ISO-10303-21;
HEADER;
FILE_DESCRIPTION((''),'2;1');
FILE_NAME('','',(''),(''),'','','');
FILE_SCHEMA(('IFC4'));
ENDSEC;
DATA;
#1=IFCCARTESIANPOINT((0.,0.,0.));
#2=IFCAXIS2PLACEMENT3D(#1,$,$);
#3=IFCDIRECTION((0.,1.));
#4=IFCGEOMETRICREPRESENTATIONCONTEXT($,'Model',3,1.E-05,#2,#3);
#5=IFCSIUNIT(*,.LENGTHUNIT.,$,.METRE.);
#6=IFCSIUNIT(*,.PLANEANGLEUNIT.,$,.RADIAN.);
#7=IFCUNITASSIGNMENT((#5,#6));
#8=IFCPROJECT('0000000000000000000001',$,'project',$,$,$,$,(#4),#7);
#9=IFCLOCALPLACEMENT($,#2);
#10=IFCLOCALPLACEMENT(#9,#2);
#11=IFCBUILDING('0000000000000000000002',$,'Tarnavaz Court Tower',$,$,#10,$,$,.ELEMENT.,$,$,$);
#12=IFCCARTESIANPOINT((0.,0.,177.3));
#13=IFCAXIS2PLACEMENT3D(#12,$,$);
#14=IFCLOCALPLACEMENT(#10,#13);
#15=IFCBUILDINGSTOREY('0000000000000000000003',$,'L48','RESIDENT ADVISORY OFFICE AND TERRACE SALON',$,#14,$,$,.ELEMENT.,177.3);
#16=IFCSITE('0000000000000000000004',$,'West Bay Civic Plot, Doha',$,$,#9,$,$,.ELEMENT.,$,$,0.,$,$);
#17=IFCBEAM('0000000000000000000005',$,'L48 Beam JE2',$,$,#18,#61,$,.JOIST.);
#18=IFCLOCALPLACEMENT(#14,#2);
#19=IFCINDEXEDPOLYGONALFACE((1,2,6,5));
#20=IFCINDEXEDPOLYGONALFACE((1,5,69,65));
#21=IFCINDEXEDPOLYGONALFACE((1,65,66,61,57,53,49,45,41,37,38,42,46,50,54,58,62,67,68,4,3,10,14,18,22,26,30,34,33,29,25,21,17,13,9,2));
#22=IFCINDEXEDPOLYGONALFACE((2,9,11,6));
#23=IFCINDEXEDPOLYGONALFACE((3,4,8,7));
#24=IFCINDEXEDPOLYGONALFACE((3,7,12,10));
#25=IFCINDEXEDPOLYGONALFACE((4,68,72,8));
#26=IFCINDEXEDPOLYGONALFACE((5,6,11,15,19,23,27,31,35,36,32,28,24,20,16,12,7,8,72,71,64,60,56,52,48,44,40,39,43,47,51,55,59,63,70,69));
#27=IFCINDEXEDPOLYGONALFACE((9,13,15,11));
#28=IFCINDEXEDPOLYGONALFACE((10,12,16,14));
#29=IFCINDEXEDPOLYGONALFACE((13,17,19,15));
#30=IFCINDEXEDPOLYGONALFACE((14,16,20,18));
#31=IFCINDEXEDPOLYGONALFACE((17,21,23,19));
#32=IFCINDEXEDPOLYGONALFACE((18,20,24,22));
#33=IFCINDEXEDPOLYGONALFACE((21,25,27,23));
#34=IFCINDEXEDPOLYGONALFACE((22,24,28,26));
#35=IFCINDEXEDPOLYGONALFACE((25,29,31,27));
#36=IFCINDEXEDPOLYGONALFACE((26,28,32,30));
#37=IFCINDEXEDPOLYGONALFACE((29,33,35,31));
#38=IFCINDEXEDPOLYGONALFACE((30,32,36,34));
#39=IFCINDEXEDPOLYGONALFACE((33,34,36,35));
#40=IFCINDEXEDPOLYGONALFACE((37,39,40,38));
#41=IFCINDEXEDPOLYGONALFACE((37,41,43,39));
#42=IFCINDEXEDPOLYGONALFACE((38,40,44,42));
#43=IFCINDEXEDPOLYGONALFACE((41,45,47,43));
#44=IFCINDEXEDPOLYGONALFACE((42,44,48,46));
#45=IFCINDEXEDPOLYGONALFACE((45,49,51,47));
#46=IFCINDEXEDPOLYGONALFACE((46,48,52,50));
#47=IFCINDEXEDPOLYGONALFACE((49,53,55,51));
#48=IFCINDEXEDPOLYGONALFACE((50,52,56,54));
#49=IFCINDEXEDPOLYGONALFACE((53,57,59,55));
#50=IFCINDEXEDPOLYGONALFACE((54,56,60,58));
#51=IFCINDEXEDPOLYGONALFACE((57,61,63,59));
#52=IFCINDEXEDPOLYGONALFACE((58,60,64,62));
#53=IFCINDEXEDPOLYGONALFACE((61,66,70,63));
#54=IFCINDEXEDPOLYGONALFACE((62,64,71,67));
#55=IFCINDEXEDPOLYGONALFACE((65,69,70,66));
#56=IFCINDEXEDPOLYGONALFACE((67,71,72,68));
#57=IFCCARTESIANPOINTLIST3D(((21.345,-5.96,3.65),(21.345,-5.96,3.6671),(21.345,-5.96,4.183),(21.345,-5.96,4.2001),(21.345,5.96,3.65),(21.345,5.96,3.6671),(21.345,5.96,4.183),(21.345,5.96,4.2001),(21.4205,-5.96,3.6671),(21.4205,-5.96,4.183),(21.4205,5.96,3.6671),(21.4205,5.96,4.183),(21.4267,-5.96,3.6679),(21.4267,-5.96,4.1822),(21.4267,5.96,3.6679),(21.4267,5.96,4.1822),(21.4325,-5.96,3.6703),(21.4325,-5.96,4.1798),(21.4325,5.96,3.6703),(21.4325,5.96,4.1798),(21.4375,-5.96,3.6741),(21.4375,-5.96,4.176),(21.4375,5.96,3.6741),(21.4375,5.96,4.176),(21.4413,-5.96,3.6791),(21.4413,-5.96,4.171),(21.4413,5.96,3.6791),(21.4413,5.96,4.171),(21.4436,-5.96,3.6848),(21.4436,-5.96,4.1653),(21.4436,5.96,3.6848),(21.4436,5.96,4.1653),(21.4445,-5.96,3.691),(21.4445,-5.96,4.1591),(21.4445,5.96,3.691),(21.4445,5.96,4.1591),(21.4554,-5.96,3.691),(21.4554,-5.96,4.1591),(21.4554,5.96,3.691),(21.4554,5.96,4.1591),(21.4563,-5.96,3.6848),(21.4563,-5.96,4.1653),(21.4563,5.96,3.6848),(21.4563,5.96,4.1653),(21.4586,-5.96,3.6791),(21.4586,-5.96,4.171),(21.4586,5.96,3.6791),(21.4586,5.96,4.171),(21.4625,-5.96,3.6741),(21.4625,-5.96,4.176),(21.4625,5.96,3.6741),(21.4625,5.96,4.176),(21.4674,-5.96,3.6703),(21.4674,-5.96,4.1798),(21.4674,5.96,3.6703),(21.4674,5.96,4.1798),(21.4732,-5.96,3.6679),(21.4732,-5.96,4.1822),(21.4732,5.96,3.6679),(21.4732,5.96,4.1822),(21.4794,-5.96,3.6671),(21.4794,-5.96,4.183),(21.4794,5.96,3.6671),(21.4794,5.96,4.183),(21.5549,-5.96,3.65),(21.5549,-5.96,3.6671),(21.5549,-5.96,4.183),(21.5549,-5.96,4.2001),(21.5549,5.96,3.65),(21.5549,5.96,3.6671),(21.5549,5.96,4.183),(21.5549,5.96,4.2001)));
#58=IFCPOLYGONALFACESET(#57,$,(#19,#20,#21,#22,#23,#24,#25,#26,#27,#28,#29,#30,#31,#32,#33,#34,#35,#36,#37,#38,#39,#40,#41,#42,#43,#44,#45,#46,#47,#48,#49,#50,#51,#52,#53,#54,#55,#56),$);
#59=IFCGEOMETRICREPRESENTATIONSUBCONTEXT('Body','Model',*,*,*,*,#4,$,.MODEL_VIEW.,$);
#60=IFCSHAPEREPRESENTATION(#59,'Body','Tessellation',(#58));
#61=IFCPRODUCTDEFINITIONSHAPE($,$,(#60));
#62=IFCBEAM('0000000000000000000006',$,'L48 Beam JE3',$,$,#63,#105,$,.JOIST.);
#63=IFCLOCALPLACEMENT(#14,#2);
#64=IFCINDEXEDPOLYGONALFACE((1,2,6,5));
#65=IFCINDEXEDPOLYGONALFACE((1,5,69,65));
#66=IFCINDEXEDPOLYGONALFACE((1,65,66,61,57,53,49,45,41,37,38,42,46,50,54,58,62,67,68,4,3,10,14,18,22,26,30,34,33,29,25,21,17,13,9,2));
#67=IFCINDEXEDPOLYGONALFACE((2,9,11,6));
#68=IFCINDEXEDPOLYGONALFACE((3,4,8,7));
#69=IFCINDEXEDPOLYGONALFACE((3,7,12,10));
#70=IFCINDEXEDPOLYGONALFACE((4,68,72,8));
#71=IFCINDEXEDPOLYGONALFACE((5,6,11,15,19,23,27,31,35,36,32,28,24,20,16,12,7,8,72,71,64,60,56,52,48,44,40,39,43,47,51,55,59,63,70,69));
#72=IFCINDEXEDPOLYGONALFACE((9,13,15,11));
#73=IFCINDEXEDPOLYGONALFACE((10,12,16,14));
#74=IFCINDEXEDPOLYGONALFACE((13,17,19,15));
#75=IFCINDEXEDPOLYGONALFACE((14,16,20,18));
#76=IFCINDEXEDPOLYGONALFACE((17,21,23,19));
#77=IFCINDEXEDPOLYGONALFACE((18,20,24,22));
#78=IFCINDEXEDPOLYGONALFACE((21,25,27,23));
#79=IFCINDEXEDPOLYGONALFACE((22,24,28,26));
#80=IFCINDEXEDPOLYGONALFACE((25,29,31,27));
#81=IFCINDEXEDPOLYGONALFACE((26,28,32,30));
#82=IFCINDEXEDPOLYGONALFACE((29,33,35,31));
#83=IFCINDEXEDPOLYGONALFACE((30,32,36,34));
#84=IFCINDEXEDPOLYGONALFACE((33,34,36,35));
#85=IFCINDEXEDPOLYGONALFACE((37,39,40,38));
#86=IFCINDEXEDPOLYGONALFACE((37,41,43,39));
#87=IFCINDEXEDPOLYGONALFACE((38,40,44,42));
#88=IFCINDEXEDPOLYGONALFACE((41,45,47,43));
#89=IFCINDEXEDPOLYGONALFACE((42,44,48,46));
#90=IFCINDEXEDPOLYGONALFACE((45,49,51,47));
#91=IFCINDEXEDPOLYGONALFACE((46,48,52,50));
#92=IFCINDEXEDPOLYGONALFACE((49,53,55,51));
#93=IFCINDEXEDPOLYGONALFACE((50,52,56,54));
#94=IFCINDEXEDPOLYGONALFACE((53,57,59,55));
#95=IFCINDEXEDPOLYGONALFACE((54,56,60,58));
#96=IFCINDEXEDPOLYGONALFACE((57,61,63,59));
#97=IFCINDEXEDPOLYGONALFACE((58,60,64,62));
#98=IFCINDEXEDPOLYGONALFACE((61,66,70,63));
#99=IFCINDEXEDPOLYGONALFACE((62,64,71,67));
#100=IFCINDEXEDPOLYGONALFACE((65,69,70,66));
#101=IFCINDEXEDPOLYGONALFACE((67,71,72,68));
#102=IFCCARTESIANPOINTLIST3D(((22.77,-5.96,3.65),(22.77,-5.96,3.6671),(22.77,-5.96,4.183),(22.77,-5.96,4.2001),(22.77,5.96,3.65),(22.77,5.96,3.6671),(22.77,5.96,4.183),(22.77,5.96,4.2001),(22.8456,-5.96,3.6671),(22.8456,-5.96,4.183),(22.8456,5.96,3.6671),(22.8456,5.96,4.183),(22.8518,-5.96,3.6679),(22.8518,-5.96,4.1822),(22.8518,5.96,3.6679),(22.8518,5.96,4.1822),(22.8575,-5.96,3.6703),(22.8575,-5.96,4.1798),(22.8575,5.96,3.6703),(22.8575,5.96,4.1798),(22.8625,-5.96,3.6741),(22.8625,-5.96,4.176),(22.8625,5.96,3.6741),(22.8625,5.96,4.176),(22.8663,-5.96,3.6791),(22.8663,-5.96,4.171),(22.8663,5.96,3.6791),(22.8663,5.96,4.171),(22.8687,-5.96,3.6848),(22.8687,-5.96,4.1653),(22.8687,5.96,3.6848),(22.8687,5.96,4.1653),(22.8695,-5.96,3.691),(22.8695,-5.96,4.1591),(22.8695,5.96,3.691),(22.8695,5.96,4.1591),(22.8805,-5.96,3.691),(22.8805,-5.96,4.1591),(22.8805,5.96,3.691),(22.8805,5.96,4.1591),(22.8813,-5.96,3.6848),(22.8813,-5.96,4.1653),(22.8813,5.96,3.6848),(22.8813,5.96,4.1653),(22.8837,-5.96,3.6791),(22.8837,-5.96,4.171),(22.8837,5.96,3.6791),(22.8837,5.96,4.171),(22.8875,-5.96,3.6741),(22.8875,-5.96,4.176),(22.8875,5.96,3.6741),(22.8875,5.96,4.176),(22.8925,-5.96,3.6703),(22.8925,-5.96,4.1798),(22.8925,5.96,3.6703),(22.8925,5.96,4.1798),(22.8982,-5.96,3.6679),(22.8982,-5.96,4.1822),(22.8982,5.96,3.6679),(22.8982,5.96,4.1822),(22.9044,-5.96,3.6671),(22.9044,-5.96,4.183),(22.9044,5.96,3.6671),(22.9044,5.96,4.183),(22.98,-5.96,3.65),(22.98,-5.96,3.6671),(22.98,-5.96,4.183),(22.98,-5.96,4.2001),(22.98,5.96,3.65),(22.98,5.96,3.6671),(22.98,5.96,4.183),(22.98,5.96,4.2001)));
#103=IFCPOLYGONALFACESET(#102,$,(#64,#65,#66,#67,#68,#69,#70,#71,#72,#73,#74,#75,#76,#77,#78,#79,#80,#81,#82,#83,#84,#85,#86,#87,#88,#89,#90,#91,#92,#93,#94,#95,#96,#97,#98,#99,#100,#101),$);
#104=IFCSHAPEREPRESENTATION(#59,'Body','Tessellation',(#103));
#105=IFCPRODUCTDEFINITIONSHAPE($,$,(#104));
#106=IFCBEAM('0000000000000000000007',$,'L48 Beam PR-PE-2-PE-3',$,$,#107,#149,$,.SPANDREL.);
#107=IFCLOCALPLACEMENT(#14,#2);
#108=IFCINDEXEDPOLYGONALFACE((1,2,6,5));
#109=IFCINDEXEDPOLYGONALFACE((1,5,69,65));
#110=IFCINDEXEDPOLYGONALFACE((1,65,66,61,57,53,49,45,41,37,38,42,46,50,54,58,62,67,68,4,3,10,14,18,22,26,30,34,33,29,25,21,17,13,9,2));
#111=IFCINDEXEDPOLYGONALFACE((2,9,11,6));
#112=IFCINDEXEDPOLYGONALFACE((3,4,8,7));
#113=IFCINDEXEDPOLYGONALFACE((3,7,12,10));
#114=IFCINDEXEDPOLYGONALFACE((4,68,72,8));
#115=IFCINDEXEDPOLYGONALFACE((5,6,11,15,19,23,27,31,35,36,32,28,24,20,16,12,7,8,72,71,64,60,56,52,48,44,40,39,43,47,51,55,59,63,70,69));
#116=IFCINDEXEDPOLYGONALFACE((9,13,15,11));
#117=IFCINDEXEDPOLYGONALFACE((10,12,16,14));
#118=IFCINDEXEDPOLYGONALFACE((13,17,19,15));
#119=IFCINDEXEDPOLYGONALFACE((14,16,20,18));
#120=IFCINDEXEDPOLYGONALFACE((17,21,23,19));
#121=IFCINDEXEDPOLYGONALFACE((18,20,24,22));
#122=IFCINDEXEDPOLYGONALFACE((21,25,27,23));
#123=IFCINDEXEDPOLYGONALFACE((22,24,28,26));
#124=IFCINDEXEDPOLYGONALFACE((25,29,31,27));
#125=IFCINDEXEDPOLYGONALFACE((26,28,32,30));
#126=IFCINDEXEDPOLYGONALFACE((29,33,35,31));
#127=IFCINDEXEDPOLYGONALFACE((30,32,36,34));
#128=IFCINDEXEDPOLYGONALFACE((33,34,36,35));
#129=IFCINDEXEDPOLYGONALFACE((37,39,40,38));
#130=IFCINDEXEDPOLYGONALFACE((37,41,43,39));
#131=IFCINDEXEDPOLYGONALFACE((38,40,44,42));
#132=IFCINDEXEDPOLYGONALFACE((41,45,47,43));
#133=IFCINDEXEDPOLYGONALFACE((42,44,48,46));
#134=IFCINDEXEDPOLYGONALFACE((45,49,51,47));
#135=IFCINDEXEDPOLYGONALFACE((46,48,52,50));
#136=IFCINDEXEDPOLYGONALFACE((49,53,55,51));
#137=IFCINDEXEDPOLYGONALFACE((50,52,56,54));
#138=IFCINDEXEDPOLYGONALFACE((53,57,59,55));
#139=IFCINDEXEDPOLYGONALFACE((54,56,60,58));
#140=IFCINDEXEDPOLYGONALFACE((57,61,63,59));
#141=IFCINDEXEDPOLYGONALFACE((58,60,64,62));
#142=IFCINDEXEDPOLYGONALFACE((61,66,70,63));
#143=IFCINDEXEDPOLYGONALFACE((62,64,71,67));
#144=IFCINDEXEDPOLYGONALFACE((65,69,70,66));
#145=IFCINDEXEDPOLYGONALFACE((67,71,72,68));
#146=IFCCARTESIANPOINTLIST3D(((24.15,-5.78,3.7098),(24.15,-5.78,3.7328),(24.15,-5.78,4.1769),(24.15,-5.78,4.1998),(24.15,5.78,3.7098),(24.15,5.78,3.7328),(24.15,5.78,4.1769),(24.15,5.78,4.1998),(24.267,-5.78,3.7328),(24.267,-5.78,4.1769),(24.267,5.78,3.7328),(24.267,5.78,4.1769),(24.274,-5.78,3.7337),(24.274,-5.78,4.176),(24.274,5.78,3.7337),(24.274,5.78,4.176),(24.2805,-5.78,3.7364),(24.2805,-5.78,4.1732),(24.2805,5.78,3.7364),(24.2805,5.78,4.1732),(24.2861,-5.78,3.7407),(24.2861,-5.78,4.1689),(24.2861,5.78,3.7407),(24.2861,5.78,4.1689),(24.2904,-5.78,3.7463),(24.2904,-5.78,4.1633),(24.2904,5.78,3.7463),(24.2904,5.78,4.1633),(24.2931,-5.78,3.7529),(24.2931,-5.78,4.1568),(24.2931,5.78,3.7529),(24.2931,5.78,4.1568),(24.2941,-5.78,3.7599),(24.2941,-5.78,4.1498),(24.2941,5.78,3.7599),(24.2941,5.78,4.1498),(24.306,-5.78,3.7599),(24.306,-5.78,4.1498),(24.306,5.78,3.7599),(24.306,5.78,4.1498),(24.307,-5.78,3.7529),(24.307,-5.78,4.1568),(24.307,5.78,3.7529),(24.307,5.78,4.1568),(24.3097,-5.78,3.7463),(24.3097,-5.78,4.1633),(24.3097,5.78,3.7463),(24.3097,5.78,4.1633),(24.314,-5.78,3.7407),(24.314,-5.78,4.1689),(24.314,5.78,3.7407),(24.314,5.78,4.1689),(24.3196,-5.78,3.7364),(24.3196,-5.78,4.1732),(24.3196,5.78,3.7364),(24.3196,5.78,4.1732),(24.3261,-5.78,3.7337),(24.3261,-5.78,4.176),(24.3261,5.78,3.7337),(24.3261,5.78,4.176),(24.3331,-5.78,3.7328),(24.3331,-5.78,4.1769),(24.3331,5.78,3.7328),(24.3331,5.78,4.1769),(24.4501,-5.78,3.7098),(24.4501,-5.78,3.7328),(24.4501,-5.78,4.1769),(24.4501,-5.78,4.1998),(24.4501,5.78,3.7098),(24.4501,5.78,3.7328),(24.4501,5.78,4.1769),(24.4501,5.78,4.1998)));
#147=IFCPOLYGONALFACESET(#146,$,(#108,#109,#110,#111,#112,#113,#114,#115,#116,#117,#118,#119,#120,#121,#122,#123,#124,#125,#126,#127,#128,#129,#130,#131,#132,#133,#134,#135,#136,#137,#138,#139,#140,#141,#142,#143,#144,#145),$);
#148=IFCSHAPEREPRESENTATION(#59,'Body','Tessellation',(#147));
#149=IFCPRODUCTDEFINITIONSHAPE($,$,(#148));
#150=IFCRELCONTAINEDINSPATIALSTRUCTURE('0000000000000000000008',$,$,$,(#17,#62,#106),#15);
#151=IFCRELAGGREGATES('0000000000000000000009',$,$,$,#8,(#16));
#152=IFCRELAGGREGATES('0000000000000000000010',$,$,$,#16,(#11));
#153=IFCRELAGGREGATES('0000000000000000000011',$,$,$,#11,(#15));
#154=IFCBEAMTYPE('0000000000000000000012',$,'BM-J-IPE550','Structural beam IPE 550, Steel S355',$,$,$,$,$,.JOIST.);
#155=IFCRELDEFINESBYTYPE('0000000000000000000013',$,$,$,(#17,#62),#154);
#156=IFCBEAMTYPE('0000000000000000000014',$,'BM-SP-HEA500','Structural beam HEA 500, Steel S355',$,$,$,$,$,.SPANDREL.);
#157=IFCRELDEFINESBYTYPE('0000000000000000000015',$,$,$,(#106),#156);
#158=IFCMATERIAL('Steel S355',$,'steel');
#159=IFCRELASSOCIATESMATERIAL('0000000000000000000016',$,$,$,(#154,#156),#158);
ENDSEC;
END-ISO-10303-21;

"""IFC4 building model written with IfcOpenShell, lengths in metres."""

from ifc_helpers import new_model, si_unit, direction, frame, origin, origin_2d, place, context, subcontext, project, spatial, i_section, extrude, material, material_profile, profile_set, type_object, element, save


model = new_model("IFC4")

# Units and contexts
model_context = context("Model", 3, precision=1e-05, world=origin(), true_north=direction((0.0, 1.0)))
body_context = subcontext(model_context, "Body", "Model", "MODEL_VIEW")
ifc_project = project(units=[si_unit("LENGTHUNIT", "METRE"), si_unit("PLANEANGLEUNIT", "RADIAN")], contexts=[model_context])

# Site, building, storey
site_placement = place(None, origin())
site = spatial("IfcSite", under=ifc_project, at=site_placement, Name="West Bay Civic Plot, Doha", CompositionType="ELEMENT", RefElevation=0.0)
building_placement = place(site_placement, origin())
building = spatial("IfcBuilding", under=site, at=building_placement, Name="Tarnavaz Court Tower", CompositionType="ELEMENT")
storey_placement = place(building_placement, frame((0.0, 0.0, 177.3)))
storey = spatial("IfcBuildingStorey", under=building, at=storey_placement, Name="L48", Description="RESIDENT ADVISORY OFFICE AND TERRACE SALON", CompositionType="ELEMENT", Elevation=177.3)

# Beams
ifc_material_1 = material(Name="Steel S355", Category="steel")
ifc_material_profile_1 = material_profile(ifc_material_1, i_section(OverallWidth=0.21, OverallDepth=0.55, WebThickness=0.011, FlangeThickness=0.0171, FilletRadius=0.0239, at=origin_2d()), Name="IPE 550")
ifc_profile_set_1 = profile_set([ifc_material_profile_1], Name="Steel S355")
beam_type_1 = type_object("IfcBeamType", Name="BM-J-IPE550", Description="Structural beam IPE 550, Steel S355", PredefinedType="JOIST", material=ifc_profile_set_1)
for number, where, z_axis, x_axis, name in (
    (1, (21.45, -5.96, 3.925), (0.0, 1.0, 0.0), (-1.0, 0.0, 0.0), "L48 Beam JE2"),
    (2, (22.875, -5.96, 3.925), (0.0, 1.0, 0.0), (-1.0, 0.0, 0.0), "L48 Beam JE3"),
):
    element("IfcBeam", number, at=place(storey_placement, frame(where, z_axis=z_axis, x_axis=x_axis)), inside=storey, type_object=beam_type_1, Name=name, PredefinedType="JOIST", context=body_context, shape_type="SweptSolid", body=[
        extrude(i_section(OverallWidth=0.21, OverallDepth=0.55, WebThickness=0.011, FlangeThickness=0.0171, FilletRadius=0.0239, at=origin_2d()), origin(), (0.0, 0.0, 1.0), 11.9199),
    ])
ifc_material_profile_2 = material_profile(ifc_material_1, i_section(OverallWidth=0.3, OverallDepth=0.49, WebThickness=0.012, FlangeThickness=0.0229, FilletRadius=0.0271, at=origin_2d()), Name="HEA 500")
ifc_profile_set_2 = profile_set([ifc_material_profile_2], Name="Steel S355")
beam_type_2 = type_object("IfcBeamType", Name="BM-SP-HEA500", Description="Structural beam HEA 500, Steel S355", PredefinedType="SPANDREL", material=ifc_profile_set_2)
beam_1_placement = place(storey_placement, frame((24.3, -5.78, 3.9548), z_axis=(0.0, 1.0, 0.0), x_axis=(-1.0, 0.0, 0.0)))
element("IfcBeam", 3, at=beam_1_placement, inside=storey, type_object=beam_type_2, Name="L48 Beam PR-PE-2-PE-3", PredefinedType="SPANDREL", context=body_context, shape_type="SweptSolid", body=[
    extrude(i_section(OverallWidth=0.3, OverallDepth=0.49, WebThickness=0.012, FlangeThickness=0.0229, FilletRadius=0.0271, at=origin_2d()), origin(), (0.0, 0.0, 1.0), 11.5601),
])

save(model, "model.ifc")
